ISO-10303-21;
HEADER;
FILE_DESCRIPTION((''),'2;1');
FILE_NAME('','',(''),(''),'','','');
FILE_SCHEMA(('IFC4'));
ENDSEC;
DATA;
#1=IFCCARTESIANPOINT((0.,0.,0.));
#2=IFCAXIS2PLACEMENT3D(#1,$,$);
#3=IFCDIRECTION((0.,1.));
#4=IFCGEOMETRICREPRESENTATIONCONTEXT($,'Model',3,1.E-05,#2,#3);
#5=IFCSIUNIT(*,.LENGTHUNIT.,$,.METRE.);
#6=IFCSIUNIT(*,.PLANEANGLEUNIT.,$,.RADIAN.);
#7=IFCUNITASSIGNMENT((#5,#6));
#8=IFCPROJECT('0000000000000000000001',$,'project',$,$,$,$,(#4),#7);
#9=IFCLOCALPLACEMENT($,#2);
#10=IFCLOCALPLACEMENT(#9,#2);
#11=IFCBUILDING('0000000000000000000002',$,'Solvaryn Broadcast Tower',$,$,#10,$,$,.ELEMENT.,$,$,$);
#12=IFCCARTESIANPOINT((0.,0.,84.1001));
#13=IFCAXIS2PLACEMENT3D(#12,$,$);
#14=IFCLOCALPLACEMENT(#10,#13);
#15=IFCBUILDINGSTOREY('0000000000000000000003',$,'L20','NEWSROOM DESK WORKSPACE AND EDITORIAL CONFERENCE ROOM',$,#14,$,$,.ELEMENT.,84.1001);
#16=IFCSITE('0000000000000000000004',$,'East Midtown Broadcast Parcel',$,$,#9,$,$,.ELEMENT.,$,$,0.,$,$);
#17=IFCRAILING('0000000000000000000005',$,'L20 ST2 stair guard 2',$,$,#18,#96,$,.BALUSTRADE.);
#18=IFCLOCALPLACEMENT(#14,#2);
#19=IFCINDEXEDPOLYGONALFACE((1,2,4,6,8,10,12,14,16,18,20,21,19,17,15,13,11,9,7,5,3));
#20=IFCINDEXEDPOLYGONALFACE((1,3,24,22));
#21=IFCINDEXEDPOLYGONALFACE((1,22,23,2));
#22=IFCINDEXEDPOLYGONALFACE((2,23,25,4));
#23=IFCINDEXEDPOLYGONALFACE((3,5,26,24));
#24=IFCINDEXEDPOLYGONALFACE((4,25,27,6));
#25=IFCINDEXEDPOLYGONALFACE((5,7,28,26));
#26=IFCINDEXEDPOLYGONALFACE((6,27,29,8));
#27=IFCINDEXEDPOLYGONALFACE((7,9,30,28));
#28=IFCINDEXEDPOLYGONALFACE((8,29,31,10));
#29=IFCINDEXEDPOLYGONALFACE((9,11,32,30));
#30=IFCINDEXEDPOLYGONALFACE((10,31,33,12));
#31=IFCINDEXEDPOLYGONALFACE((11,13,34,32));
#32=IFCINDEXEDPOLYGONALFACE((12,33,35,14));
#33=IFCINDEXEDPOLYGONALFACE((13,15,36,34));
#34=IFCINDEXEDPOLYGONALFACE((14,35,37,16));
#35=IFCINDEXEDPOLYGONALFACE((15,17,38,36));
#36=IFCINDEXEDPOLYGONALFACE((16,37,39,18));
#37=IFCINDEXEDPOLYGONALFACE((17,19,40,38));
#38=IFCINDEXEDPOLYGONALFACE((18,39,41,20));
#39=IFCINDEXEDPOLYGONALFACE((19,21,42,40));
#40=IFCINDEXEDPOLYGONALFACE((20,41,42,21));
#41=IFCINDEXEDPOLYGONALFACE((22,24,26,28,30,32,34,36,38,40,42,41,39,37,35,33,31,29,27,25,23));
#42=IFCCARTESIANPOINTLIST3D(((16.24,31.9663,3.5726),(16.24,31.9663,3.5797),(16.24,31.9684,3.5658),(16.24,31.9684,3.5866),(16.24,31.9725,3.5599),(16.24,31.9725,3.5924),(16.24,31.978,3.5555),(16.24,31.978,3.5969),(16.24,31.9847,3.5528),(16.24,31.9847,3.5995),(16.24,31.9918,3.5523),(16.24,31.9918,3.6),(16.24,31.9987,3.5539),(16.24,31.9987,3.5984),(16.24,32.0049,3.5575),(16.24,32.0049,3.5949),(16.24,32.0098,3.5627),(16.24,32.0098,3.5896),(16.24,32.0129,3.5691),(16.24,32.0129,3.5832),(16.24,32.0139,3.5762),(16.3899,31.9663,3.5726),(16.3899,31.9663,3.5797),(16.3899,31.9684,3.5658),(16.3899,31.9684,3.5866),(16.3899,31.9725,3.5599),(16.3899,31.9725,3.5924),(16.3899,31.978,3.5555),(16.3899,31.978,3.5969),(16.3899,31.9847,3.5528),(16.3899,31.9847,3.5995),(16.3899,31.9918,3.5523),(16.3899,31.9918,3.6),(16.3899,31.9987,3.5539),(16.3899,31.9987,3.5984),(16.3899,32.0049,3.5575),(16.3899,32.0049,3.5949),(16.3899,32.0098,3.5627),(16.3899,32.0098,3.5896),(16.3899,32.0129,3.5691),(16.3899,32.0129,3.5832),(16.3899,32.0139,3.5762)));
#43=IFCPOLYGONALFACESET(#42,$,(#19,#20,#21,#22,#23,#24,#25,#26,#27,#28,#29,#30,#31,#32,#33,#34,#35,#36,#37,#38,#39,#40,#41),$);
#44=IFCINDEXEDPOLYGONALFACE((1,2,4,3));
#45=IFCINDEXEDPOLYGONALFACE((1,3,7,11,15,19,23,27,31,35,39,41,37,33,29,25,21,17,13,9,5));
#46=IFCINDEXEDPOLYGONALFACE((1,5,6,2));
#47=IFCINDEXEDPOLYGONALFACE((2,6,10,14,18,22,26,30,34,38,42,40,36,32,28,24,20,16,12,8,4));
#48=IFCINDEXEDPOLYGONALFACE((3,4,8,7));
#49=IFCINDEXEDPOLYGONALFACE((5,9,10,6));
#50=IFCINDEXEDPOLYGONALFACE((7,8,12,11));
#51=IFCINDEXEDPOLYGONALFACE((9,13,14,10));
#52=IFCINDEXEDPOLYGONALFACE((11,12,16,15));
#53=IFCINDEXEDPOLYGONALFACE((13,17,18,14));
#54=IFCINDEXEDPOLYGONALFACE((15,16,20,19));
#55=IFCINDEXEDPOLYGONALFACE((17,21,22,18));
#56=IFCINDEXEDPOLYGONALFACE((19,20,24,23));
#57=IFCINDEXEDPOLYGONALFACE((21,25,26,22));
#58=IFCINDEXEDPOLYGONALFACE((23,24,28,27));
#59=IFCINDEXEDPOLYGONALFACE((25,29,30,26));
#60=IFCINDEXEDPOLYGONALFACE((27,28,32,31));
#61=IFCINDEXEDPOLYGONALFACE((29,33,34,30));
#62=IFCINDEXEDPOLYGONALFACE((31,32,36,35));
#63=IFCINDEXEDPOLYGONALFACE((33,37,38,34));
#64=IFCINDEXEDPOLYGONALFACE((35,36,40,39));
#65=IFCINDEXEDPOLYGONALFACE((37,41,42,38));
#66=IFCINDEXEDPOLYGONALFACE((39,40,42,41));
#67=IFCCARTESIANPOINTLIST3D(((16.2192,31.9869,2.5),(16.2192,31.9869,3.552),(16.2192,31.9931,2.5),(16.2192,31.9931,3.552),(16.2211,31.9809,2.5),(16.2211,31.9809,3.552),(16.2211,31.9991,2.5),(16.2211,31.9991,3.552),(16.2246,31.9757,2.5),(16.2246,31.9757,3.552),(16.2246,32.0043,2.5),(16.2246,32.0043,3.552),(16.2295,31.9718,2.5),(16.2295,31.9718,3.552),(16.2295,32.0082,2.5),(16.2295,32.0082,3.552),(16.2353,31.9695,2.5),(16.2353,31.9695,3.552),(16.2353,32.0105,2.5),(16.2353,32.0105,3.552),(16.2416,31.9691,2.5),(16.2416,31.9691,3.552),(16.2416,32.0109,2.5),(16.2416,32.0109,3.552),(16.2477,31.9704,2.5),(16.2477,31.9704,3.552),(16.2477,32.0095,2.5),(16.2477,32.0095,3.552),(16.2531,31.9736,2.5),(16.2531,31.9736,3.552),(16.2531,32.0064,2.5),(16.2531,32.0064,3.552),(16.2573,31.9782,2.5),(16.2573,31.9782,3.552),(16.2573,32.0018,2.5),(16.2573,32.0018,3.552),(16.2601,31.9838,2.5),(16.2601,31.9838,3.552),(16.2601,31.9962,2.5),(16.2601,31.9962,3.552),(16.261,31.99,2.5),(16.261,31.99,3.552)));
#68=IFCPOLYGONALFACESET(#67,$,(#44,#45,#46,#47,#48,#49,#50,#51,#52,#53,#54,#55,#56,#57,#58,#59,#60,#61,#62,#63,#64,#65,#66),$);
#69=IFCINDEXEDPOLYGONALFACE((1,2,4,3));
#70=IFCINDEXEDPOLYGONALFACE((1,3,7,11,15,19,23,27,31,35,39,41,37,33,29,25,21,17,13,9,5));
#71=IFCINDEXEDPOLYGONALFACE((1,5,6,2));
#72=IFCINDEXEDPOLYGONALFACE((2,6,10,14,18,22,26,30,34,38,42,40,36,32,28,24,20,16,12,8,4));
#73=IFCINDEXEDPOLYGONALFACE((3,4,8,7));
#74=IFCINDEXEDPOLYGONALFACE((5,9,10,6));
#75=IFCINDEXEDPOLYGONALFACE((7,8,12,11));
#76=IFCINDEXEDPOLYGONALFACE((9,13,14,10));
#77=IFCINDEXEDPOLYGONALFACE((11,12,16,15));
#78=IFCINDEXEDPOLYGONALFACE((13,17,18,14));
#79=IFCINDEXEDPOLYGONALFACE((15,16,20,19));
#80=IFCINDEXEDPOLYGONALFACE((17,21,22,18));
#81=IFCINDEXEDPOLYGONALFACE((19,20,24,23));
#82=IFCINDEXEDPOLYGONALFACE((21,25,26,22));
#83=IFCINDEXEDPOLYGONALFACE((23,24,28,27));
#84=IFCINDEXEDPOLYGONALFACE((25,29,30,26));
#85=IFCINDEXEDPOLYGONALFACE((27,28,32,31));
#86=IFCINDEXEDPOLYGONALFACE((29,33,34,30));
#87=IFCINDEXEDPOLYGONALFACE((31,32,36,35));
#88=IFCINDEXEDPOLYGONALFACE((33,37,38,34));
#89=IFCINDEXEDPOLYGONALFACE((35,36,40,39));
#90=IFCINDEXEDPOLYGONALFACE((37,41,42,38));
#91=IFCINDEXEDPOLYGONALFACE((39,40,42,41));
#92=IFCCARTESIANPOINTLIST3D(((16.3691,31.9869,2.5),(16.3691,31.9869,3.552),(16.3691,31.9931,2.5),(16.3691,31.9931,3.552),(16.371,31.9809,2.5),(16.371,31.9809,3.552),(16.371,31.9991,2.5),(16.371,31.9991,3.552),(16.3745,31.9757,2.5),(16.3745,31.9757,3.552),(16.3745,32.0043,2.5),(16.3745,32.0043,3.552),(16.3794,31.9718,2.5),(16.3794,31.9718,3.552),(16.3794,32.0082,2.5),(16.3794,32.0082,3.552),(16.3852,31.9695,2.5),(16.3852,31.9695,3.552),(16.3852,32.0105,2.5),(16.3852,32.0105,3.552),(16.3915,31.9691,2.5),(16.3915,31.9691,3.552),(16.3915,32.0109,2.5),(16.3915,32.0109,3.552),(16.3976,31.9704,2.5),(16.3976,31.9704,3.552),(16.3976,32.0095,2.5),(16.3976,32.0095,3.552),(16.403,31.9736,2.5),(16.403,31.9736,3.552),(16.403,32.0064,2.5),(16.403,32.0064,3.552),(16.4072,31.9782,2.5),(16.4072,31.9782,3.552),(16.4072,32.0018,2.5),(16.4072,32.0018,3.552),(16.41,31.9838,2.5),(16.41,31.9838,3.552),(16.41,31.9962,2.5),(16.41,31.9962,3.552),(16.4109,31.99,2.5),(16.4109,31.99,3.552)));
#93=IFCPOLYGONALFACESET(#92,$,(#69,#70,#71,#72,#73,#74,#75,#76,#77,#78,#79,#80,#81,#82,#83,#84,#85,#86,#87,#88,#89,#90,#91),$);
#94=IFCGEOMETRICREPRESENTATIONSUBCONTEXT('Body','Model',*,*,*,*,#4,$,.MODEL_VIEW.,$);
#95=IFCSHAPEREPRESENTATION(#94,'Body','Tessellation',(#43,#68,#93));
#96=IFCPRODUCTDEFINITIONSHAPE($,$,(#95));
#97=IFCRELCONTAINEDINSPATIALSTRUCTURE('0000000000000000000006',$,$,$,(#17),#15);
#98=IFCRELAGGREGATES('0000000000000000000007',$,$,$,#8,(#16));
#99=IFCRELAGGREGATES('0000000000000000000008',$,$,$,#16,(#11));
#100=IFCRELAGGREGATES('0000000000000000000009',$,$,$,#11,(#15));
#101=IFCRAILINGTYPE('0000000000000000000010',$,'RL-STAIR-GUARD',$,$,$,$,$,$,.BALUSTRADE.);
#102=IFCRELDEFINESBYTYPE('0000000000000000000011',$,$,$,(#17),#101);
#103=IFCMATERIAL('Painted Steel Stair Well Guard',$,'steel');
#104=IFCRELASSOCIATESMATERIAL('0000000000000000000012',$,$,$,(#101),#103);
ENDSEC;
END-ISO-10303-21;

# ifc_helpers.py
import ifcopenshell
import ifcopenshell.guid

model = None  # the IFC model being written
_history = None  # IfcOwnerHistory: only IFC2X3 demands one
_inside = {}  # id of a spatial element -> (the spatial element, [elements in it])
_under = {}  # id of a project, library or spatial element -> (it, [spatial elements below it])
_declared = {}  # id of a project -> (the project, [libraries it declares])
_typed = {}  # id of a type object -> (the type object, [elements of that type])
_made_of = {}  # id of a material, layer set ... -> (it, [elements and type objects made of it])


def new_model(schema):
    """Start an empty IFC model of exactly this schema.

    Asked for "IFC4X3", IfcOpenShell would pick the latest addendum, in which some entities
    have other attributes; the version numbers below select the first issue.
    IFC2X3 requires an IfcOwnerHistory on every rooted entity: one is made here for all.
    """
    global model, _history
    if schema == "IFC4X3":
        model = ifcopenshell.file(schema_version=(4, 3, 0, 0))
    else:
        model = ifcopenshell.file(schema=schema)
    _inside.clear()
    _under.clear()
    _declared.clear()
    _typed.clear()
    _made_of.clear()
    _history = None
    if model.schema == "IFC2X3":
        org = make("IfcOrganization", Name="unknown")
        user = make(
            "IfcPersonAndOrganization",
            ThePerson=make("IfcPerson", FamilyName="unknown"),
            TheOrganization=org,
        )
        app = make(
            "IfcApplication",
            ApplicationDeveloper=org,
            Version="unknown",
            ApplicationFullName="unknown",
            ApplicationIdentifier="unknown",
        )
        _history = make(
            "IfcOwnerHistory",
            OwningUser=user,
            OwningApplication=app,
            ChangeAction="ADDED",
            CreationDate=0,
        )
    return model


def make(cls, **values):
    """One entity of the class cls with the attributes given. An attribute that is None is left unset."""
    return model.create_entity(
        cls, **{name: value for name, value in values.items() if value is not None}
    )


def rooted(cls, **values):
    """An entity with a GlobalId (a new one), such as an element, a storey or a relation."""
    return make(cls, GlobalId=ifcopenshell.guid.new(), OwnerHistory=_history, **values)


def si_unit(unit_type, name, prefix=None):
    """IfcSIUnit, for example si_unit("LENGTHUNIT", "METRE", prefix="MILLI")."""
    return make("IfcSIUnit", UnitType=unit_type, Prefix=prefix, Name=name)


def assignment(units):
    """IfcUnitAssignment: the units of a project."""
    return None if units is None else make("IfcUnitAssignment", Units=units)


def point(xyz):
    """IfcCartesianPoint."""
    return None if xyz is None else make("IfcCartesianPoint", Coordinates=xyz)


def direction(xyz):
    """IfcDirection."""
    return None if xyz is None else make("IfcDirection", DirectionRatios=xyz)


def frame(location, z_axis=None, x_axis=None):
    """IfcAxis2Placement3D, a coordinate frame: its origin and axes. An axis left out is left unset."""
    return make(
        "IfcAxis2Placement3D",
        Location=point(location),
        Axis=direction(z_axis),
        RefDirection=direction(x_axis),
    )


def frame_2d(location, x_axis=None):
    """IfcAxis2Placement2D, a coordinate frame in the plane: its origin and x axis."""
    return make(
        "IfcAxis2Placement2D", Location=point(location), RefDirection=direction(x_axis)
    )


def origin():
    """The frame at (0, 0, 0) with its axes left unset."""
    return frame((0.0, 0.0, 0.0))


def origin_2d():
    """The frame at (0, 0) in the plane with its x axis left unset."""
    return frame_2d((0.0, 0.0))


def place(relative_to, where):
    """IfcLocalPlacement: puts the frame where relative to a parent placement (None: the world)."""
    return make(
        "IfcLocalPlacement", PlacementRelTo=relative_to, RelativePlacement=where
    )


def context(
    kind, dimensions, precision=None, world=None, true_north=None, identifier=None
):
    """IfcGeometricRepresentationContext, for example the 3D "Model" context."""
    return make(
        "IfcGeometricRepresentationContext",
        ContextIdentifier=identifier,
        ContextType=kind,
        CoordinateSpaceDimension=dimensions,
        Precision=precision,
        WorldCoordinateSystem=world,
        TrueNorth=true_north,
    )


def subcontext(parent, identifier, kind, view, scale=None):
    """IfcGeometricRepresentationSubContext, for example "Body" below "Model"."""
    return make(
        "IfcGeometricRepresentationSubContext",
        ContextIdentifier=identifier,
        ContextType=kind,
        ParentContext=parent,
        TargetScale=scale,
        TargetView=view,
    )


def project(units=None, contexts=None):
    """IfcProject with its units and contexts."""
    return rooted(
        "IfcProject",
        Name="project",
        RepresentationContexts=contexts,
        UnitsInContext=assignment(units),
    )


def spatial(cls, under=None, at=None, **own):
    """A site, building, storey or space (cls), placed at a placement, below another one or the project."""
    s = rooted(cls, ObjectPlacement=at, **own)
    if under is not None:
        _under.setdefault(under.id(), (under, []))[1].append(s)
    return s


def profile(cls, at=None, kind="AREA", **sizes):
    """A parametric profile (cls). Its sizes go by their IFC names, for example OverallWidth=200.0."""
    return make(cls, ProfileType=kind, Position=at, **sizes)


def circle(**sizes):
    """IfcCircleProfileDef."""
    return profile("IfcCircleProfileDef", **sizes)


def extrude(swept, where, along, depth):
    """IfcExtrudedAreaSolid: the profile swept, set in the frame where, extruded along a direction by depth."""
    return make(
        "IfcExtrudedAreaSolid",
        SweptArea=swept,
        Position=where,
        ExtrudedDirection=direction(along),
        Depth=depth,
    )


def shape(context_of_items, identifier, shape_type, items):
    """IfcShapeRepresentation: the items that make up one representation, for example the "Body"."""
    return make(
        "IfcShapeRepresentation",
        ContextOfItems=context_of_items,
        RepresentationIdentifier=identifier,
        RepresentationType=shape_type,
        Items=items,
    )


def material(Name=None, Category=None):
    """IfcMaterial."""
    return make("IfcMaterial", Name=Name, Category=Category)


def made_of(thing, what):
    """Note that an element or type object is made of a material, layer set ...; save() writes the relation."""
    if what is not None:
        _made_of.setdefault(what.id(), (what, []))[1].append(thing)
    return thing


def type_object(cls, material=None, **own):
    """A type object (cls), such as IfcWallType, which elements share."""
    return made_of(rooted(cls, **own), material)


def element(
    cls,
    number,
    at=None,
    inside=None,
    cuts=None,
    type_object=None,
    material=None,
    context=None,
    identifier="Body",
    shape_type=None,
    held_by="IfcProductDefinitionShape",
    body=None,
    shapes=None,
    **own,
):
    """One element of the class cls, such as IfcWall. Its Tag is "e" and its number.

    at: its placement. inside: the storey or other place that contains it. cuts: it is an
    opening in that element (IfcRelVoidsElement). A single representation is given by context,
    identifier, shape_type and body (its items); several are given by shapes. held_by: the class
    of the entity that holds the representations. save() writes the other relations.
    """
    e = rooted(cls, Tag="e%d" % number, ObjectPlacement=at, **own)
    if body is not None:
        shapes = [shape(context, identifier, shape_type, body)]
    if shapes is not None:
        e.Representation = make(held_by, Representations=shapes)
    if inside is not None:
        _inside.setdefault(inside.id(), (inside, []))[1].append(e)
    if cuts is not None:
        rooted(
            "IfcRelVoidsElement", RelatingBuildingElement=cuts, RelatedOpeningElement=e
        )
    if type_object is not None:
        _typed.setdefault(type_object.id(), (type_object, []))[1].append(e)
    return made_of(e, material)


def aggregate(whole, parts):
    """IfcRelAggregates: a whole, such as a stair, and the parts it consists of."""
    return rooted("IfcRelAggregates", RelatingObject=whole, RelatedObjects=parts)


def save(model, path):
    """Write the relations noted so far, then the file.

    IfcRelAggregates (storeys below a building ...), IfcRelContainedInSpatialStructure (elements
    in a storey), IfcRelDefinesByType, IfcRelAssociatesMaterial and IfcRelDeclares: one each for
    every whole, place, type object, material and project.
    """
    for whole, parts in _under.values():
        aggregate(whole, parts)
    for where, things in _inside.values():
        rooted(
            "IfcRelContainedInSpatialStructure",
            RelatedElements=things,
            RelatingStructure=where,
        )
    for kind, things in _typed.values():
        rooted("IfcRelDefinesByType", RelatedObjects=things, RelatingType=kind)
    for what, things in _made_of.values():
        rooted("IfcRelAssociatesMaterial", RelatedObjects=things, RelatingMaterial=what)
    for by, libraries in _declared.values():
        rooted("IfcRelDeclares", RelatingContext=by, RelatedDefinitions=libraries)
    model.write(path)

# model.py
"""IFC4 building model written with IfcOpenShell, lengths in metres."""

from ifc_helpers import new_model, si_unit, direction, frame, origin, origin_2d, place, context, subcontext, project, spatial, circle, extrude, material, type_object, element, save


model = new_model("IFC4")

# Units and contexts
model_context = context("Model", 3, precision=1e-05, world=origin(), true_north=direction((0.0, 1.0)))
body_context = subcontext(model_context, "Body", "Model", "MODEL_VIEW")
ifc_project = project(units=[si_unit("LENGTHUNIT", "METRE"), si_unit("PLANEANGLEUNIT", "RADIAN")], contexts=[model_context])

# Site, building, storey
site_placement = place(None, origin())
site = spatial("IfcSite", under=ifc_project, at=site_placement, Name="East Midtown Broadcast Parcel", CompositionType="ELEMENT", RefElevation=0.0)
building_placement = place(site_placement, origin())
building = spatial("IfcBuilding", under=site, at=building_placement, Name="Solvaryn Broadcast Tower", CompositionType="ELEMENT")
storey_placement = place(building_placement, frame((0.0, 0.0, 84.1001)))
storey = spatial("IfcBuildingStorey", under=building, at=storey_placement, Name="L20", Description="NEWSROOM DESK WORKSPACE AND EDITORIAL CONFERENCE ROOM", CompositionType="ELEMENT", Elevation=84.1001)

# Railing
ifc_material_1 = material(Name="Painted Steel Stair Well Guard", Category="steel")
railing_type_1 = type_object("IfcRailingType", Name="RL-STAIR-GUARD", PredefinedType="BALUSTRADE", material=ifc_material_1)
railing_1_placement = place(storey_placement, frame((16.24, 31.99, 2.5)))
element("IfcRailing", 1, at=railing_1_placement, inside=storey, type_object=railing_type_1, Name="L20 ST2 stair guard 2", PredefinedType="BALUSTRADE", context=body_context, shape_type="SweptSolid", body=[
    extrude(circle(Radius=0.0239, at=origin_2d()), frame((0.0, 0.0, 1.0762), z_axis=(1.0, 0.0, 0.0), x_axis=(0.0, 1.0, 0.0)), (0.0, 0.0, 1.0), 0.1499),
    extrude(circle(Radius=0.021, at=origin_2d()), origin(), (0.0, 0.0, 1.0), 1.052),
    extrude(circle(Radius=0.021, at=origin_2d()), frame((0.1499, 0.0, 0.0)), (0.0, 0.0, 1.0), 1.052),
])

save(model, "model.ifc")
